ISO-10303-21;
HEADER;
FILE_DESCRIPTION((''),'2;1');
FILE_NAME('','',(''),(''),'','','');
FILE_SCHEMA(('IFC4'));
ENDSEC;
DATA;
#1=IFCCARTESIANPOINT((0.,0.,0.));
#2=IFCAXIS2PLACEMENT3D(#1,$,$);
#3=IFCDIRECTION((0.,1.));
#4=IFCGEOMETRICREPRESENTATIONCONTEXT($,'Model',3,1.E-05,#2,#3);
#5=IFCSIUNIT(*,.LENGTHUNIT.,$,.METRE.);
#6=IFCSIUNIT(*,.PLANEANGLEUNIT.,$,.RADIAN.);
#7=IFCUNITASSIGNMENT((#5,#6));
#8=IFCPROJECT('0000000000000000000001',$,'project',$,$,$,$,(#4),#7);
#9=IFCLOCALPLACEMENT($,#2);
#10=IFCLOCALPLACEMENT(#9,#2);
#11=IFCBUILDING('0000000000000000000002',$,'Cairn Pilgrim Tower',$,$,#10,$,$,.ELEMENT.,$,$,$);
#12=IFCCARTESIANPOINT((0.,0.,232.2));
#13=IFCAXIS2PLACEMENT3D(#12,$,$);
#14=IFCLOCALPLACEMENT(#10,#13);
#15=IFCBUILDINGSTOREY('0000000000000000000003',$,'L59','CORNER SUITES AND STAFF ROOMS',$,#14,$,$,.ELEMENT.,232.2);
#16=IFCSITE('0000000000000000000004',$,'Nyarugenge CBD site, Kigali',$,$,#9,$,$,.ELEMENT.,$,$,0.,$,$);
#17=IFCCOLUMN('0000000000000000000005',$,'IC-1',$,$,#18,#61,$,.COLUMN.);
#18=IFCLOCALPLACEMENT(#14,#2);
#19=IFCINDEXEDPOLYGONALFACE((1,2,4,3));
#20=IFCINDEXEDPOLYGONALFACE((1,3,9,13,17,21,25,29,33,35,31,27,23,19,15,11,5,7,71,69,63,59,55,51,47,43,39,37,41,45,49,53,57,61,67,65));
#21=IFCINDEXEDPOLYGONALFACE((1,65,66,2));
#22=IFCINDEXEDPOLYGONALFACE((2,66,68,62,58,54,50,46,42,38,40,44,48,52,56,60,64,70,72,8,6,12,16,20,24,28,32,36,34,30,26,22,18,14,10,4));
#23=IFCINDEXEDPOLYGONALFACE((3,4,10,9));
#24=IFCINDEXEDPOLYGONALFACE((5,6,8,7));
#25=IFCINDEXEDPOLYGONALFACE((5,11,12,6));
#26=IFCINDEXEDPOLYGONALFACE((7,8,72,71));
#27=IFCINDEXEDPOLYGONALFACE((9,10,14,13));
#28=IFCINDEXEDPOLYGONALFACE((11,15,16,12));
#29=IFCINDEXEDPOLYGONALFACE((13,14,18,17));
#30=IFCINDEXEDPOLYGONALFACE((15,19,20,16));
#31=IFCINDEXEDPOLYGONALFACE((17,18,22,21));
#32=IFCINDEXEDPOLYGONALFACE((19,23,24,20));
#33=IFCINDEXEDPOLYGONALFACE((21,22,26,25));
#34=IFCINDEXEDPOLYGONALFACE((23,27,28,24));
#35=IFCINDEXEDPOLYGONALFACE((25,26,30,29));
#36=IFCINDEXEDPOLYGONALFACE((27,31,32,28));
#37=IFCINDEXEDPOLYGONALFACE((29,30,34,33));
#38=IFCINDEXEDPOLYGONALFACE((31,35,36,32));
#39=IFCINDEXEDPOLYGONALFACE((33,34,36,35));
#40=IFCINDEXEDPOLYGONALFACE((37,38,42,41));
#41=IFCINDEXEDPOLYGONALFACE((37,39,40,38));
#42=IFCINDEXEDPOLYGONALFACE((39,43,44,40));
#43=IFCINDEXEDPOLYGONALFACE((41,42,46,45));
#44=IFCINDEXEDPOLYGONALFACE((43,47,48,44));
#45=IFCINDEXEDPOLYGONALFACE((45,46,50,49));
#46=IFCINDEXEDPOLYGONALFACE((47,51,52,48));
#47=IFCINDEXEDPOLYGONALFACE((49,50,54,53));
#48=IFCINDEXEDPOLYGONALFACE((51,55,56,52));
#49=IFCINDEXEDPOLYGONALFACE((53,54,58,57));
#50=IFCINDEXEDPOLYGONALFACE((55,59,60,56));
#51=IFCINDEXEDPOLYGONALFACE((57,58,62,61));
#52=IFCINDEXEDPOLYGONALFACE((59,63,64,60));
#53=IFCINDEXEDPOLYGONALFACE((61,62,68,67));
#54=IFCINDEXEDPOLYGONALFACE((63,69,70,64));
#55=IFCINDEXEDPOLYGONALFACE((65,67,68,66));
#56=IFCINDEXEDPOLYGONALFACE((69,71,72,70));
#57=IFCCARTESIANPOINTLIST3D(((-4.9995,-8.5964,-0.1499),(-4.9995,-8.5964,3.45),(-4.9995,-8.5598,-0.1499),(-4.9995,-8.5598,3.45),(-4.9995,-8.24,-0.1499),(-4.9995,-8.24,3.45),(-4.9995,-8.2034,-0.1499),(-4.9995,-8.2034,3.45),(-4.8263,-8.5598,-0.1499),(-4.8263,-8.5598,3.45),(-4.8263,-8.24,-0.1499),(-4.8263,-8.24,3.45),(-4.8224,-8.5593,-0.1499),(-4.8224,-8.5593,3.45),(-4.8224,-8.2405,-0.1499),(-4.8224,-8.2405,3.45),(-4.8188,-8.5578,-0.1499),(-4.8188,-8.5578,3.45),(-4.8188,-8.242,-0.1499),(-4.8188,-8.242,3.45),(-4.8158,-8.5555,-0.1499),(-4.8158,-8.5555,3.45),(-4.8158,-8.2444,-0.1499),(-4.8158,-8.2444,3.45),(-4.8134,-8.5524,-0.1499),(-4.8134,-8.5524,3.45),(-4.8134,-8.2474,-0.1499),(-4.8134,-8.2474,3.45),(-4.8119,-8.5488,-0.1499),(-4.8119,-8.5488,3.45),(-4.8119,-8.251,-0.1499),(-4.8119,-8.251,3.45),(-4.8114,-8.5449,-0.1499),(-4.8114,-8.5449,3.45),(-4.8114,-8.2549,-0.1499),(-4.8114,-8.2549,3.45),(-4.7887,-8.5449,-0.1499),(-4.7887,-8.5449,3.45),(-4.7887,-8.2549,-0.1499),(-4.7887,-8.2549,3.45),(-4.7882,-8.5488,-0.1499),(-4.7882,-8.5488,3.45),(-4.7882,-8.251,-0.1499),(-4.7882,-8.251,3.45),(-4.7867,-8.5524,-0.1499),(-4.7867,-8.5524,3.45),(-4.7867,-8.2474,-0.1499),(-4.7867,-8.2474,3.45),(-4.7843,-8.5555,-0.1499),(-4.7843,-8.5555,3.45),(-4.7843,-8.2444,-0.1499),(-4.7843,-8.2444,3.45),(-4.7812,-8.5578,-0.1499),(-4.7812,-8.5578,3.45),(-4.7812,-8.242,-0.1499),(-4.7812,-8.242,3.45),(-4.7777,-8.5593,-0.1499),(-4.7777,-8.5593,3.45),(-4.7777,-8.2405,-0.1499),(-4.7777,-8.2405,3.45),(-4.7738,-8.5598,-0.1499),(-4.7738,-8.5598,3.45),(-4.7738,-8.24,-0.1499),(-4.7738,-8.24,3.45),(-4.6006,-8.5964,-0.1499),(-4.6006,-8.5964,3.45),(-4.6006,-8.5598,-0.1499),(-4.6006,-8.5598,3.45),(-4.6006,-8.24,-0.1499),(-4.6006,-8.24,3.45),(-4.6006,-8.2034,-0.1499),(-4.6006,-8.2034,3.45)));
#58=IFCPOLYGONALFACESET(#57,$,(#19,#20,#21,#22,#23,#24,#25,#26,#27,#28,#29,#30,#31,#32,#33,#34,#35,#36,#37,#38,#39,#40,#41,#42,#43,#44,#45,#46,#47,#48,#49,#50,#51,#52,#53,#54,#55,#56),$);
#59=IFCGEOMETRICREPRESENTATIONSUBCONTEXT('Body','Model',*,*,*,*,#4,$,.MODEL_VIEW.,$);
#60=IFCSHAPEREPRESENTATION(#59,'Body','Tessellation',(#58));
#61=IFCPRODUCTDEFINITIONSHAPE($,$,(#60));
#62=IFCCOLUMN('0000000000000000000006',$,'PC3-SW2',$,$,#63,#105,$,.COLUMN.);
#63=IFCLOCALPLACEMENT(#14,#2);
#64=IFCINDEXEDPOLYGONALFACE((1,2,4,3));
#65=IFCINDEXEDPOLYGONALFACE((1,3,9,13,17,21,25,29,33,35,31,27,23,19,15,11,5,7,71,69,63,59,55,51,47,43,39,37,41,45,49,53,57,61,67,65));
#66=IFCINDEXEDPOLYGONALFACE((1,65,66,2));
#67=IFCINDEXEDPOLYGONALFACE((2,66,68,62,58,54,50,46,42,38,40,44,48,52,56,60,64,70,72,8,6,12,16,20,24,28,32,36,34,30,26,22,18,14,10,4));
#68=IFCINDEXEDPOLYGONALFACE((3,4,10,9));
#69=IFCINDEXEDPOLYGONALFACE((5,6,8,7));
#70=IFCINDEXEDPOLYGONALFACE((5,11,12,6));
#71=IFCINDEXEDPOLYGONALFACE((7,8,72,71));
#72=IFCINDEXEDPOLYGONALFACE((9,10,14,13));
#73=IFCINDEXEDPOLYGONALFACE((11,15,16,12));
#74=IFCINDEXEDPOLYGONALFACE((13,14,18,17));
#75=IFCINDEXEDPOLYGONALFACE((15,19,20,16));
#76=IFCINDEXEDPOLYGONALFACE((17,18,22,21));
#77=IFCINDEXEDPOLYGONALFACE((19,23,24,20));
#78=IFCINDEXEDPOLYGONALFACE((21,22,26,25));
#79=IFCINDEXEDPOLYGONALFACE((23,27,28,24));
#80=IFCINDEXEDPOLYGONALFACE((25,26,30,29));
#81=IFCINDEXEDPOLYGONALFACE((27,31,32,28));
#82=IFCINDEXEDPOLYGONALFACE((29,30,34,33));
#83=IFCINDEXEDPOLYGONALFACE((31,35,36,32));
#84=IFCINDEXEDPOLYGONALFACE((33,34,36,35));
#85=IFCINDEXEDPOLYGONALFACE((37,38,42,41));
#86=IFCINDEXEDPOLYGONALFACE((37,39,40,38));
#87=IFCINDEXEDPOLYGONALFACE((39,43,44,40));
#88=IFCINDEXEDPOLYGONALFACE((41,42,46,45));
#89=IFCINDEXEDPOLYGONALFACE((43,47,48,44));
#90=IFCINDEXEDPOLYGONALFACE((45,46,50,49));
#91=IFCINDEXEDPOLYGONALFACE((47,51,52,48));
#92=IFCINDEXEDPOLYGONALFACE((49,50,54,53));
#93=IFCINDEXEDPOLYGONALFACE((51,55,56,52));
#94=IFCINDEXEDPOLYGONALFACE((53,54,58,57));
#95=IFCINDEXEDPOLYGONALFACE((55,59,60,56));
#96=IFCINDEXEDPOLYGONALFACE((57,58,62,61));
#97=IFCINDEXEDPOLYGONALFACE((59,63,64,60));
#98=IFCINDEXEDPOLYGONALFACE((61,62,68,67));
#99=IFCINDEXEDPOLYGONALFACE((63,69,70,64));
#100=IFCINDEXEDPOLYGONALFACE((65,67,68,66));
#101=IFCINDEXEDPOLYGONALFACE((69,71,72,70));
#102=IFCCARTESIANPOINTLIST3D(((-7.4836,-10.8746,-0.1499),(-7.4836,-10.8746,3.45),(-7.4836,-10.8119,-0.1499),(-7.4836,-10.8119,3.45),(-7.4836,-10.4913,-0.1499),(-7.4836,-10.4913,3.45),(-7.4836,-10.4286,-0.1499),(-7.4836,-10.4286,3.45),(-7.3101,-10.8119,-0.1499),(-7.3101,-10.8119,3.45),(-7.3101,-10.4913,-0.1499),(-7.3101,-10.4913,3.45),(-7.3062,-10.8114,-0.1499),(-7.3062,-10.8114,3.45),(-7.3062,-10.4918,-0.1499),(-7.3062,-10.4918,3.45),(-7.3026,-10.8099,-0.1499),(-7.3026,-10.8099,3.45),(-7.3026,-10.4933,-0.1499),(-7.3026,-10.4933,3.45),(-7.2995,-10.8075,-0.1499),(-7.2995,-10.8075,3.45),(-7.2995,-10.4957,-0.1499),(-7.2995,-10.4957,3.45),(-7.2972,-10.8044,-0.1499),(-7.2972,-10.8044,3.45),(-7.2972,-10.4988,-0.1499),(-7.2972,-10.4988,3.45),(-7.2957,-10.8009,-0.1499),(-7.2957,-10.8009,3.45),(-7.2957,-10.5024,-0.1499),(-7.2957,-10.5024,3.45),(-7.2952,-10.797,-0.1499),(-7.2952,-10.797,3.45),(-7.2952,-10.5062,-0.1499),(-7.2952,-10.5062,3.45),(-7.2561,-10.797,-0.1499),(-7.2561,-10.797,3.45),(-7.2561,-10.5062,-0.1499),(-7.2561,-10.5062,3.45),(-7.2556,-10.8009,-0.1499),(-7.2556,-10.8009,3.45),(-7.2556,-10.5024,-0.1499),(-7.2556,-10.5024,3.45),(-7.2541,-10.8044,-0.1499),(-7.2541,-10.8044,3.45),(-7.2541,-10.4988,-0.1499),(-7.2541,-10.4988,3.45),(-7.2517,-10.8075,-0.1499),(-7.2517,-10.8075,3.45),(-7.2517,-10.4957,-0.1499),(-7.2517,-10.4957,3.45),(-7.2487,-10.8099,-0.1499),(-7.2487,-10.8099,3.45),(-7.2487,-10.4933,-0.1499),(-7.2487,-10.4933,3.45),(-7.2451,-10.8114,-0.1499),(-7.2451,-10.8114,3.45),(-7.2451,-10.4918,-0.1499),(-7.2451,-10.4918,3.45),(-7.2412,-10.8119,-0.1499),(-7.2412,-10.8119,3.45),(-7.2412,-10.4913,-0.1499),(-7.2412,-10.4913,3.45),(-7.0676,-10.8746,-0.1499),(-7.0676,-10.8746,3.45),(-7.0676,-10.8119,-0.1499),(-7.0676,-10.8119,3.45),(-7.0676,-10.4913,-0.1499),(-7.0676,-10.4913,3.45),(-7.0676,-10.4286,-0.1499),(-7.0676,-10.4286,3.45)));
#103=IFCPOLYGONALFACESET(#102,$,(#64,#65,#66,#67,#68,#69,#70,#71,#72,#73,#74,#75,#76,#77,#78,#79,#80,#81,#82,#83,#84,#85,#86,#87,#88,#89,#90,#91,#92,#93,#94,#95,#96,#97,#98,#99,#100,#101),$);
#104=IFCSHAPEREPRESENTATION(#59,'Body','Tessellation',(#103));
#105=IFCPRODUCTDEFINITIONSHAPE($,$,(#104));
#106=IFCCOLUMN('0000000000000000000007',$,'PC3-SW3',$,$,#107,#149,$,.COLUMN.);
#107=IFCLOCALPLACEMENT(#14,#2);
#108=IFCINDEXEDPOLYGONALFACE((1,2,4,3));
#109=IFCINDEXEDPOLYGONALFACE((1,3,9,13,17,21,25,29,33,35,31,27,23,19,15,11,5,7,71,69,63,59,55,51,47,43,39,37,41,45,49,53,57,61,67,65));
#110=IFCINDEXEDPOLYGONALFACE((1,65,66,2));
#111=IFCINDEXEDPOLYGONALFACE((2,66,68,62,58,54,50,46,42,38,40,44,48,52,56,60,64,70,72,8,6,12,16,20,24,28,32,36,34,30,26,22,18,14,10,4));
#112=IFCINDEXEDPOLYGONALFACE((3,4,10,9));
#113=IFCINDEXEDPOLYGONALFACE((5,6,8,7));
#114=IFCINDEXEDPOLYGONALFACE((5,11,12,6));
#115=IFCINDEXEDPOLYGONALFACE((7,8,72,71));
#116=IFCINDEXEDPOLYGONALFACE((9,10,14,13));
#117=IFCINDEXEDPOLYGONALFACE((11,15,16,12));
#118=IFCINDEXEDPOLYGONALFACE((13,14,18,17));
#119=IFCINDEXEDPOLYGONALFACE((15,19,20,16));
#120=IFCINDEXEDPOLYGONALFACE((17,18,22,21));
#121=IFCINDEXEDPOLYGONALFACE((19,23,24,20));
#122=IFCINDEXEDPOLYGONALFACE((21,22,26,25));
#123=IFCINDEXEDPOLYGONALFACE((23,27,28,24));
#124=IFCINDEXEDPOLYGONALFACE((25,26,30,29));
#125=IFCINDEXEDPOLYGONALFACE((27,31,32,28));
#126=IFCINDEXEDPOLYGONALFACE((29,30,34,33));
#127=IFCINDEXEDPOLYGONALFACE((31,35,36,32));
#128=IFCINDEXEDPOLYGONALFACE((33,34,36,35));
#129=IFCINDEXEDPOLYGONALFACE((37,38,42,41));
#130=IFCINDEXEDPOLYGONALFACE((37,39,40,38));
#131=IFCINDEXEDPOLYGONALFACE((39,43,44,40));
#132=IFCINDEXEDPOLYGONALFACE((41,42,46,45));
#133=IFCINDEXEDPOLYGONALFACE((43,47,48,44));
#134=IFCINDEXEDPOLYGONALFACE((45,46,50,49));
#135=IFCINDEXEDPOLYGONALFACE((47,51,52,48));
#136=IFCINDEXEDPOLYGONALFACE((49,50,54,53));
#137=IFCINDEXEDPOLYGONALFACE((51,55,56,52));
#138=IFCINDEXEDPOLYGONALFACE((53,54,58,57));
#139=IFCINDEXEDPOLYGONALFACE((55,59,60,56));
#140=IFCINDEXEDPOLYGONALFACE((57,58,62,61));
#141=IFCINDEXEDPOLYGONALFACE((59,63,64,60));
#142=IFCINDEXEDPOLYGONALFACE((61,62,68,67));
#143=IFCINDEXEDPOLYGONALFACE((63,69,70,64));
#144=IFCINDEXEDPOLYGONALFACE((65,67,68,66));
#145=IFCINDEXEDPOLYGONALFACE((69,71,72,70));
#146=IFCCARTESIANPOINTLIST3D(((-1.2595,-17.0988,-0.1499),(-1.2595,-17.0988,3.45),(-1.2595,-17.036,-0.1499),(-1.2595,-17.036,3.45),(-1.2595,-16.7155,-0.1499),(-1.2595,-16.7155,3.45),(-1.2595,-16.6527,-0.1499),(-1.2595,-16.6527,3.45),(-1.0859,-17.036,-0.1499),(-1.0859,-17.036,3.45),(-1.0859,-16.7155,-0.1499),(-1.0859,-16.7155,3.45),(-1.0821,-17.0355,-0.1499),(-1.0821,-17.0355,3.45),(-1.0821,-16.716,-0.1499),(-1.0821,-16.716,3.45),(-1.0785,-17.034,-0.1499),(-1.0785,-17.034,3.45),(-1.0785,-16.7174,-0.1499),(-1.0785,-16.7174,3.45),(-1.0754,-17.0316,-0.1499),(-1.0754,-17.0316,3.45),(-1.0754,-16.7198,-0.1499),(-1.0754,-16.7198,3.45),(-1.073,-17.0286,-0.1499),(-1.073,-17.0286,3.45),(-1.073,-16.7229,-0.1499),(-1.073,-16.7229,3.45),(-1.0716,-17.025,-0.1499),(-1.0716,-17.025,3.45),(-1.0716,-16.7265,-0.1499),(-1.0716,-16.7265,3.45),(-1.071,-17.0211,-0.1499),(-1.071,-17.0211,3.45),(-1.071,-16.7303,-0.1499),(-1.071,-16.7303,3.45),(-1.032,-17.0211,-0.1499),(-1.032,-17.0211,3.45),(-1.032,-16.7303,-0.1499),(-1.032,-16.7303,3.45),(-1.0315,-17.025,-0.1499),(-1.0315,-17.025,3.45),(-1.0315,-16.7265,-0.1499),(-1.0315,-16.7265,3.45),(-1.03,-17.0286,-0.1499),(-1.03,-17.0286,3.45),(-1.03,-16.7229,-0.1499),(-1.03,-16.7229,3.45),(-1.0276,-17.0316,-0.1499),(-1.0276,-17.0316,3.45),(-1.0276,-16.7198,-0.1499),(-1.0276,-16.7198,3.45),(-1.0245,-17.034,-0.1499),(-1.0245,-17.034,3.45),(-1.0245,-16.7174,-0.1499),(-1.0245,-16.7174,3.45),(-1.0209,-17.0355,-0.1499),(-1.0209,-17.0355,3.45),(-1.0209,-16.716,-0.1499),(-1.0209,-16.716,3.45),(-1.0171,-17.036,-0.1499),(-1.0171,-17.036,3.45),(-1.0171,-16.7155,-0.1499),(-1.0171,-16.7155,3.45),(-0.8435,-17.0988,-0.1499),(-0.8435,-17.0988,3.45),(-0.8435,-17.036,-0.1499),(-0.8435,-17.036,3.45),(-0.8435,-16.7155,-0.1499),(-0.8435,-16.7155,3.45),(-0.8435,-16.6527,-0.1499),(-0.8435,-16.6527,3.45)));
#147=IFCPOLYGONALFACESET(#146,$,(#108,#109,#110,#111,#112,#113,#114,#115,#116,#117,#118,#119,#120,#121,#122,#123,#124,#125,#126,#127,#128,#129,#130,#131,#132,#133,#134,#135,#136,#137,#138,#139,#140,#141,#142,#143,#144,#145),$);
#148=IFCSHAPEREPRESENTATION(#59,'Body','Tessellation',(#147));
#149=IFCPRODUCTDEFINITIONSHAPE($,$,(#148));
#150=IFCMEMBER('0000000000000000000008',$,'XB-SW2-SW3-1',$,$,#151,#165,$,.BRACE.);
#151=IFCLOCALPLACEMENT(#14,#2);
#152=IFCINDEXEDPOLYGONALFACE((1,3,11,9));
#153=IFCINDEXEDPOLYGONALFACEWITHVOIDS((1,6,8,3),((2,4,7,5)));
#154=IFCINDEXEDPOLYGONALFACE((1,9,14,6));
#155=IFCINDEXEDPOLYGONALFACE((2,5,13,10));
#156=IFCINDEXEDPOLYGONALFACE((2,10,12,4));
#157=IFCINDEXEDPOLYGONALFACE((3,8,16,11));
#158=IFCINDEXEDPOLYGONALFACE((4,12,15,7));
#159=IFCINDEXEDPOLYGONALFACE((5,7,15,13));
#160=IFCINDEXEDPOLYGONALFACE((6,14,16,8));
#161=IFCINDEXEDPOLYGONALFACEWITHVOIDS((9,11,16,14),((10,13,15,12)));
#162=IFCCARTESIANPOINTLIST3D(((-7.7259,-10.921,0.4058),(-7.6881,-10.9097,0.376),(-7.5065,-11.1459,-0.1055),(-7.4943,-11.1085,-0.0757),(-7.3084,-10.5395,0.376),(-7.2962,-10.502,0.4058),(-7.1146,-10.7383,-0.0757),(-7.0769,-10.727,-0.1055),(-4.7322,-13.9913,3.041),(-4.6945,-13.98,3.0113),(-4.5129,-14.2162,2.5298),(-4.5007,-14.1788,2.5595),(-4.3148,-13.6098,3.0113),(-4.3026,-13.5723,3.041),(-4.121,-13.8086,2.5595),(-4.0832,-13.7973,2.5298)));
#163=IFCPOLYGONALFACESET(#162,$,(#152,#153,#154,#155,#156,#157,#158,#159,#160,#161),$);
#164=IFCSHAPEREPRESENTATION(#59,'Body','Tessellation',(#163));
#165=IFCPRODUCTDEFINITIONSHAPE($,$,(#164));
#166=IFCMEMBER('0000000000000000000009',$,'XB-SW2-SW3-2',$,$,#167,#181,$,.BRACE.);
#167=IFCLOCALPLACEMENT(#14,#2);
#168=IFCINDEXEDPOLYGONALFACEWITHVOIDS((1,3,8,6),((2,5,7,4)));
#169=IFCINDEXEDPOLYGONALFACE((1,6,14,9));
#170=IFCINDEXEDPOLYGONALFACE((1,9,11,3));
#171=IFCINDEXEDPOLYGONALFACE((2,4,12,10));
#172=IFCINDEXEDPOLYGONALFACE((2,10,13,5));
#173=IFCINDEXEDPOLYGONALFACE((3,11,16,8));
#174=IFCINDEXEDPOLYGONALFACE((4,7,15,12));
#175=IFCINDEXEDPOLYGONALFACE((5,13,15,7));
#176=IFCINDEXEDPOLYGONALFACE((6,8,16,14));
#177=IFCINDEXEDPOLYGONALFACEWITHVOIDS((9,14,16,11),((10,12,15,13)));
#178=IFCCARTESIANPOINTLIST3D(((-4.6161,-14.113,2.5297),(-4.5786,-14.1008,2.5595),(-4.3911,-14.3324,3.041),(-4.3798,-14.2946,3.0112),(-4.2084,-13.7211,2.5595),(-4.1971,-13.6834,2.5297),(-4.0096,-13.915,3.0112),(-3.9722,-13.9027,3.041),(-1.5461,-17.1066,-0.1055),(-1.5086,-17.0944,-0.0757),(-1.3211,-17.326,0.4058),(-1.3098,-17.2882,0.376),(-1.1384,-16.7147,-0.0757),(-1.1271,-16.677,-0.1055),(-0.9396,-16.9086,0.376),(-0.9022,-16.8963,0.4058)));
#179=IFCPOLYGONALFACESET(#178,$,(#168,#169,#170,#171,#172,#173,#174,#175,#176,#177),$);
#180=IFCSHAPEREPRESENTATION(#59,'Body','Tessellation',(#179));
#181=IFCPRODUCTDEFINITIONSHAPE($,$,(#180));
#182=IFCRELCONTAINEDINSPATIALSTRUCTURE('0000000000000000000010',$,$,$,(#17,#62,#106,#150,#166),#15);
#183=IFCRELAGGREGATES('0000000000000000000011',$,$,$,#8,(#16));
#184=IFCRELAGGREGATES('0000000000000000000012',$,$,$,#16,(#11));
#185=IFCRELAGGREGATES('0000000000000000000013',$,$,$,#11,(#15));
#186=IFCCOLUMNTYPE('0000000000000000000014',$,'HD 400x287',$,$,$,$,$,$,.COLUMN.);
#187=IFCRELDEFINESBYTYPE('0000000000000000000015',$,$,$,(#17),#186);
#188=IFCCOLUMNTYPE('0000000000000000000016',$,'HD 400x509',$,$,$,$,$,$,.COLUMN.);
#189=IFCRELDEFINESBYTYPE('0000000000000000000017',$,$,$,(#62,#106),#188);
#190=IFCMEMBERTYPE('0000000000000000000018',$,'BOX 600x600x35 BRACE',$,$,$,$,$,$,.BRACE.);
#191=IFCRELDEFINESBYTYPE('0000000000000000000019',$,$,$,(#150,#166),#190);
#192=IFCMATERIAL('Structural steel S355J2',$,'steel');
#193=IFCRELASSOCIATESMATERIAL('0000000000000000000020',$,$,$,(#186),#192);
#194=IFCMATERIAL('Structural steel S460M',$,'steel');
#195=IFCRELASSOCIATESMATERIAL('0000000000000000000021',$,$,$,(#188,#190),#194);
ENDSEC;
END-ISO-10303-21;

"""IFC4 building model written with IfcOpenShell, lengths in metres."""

from ifc_helpers import new_model, si_unit, direction, frame, origin, origin_2d, place, context, subcontext, project, spatial, hollow_rectangle, i_section, extrude, material, material_profile, profile_set, type_object, element, save


model = new_model("IFC4")

# Units and contexts
model_context = context("Model", 3, precision=1e-05, world=origin(), true_north=direction((0.0, 1.0)))
body_context = subcontext(model_context, "Body", "Model", "MODEL_VIEW")
ifc_project = project(units=[si_unit("LENGTHUNIT", "METRE"), si_unit("PLANEANGLEUNIT", "RADIAN")], contexts=[model_context])

# Site, building, storey
site_placement = place(None, origin())
site = spatial("IfcSite", under=ifc_project, at=site_placement, Name="Nyarugenge CBD site, Kigali", CompositionType="ELEMENT", RefElevation=0.0)
building_placement = place(site_placement, origin())
building = spatial("IfcBuilding", under=site, at=building_placement, Name="Cairn Pilgrim Tower", CompositionType="ELEMENT")
storey_placement = place(building_placement, frame((0.0, 0.0, 232.2)))
storey = spatial("IfcBuildingStorey", under=building, at=storey_placement, Name="L59", Description="CORNER SUITES AND STAFF ROOMS", CompositionType="ELEMENT", Elevation=232.2)

# Columns
ifc_material_1 = material(Name="Structural steel S355J2", Category="steel")
ifc_material_profile_1 = material_profile(ifc_material_1, i_section(OverallWidth=0.3989, OverallDepth=0.3931, WebThickness=0.0227, FlangeThickness=0.0366, FilletRadius=0.0149, at=origin_2d()), Name="HD 400x287")
ifc_profile_set_1 = profile_set([ifc_material_profile_1], Name="Structural steel S355J2")
column_type_1 = type_object("IfcColumnType", Name="HD 400x287", PredefinedType="COLUMN", material=ifc_profile_set_1)
column_placement = place(storey_placement, frame((-4.8, -8.3999, -0.1499), z_axis=(0.0, 0.0, 1.0), x_axis=(1.0, 0.0, 0.0)))
element("IfcColumn", 1, at=column_placement, inside=storey, type_object=column_type_1, Name="IC-1", PredefinedType="COLUMN", context=body_context, shape_type="SweptSolid", body=[
    extrude(i_section(OverallWidth=0.3989, OverallDepth=0.3931, WebThickness=0.0227, FlangeThickness=0.0366, FilletRadius=0.0149, at=origin_2d()), origin(), (0.0, 0.0, 1.0), 3.5999),
])
ifc_material_2 = material(Name="Structural steel S460M", Category="steel")
ifc_material_profile_2 = material_profile(ifc_material_2, i_section(OverallWidth=0.416, OverallDepth=0.446, WebThickness=0.0391, FlangeThickness=0.0627, FilletRadius=0.0149, at=origin_2d()), Name="HD 400x509")
ifc_profile_set_2 = profile_set([ifc_material_profile_2], Name="Structural steel S460M")
column_type_2 = type_object("IfcColumnType", Name="HD 400x509", PredefinedType="COLUMN", material=ifc_profile_set_2)
for number, where, z_axis, x_axis, name in (
    (2, (-7.2756, -10.6516, -0.1499), (0.0, 0.0, 1.0), (1.0, 0.0, 0.0), "PC3-SW2"),
    (3, (-1.0515, -16.8757, -0.1499), (0.0, 0.0, 1.0), (1.0, 0.0, 0.0), "PC3-SW3"),
):
    element("IfcColumn", number, at=place(storey_placement, frame(where, z_axis=z_axis, x_axis=x_axis)), inside=storey, type_object=column_type_2, Name=name, PredefinedType="COLUMN", context=body_context, shape_type="SweptSolid", body=[
        extrude(i_section(OverallWidth=0.416, OverallDepth=0.446, WebThickness=0.0391, FlangeThickness=0.0627, FilletRadius=0.0149, at=origin_2d()), origin(), (0.0, 0.0, 1.0), 3.5999),
    ])

# Members
ifc_material_profile_3 = material_profile(ifc_material_2, hollow_rectangle(XDim=0.6001, YDim=0.6001, WallThickness=0.0349, at=origin_2d()), Name="BOX 600x600x35")
ifc_profile_set_3 = profile_set([ifc_material_profile_3], Name="Structural steel S460M")
member_type_1 = type_object("IfcMemberType", Name="BOX 600x600x35 BRACE", PredefinedType="BRACE", material=ifc_profile_set_3)
member_1_placement = place(storey_placement, frame((-7.4014, -10.824, 0.1501), z_axis=(0.594778, -0.610009, 0.523572), x_axis=(0.715989, 0.698112, 0.0)))
element("IfcMember", 4, at=member_1_placement, inside=storey, type_object=member_type_1, Name="XB-SW2-SW3-1", PredefinedType="BRACE", context=body_context, shape_type="SweptSolid", body=[
    extrude(hollow_rectangle(XDim=0.6001, YDim=0.6001, WallThickness=0.0349, at=origin_2d()), origin(), (0.0, 0.0, 1.0), 5.0332),
])
member_2_placement = place(storey_placement, frame((-1.2241, -17.0015, 0.1501), z_axis=(-0.609979, 0.594796, 0.523587), x_axis=(-0.69814, -0.715961, 0.0)))
element("IfcMember", 5, at=member_2_placement, inside=storey, type_object=member_type_1, Name="XB-SW2-SW3-2", PredefinedType="BRACE", context=body_context, shape_type="SweptSolid", body=[
    extrude(hollow_rectangle(XDim=0.6001, YDim=0.6001, WallThickness=0.0349, at=origin_2d()), origin(), (0.0, 0.0, 1.0), 5.033),
])

save(model, "model.ifc")
